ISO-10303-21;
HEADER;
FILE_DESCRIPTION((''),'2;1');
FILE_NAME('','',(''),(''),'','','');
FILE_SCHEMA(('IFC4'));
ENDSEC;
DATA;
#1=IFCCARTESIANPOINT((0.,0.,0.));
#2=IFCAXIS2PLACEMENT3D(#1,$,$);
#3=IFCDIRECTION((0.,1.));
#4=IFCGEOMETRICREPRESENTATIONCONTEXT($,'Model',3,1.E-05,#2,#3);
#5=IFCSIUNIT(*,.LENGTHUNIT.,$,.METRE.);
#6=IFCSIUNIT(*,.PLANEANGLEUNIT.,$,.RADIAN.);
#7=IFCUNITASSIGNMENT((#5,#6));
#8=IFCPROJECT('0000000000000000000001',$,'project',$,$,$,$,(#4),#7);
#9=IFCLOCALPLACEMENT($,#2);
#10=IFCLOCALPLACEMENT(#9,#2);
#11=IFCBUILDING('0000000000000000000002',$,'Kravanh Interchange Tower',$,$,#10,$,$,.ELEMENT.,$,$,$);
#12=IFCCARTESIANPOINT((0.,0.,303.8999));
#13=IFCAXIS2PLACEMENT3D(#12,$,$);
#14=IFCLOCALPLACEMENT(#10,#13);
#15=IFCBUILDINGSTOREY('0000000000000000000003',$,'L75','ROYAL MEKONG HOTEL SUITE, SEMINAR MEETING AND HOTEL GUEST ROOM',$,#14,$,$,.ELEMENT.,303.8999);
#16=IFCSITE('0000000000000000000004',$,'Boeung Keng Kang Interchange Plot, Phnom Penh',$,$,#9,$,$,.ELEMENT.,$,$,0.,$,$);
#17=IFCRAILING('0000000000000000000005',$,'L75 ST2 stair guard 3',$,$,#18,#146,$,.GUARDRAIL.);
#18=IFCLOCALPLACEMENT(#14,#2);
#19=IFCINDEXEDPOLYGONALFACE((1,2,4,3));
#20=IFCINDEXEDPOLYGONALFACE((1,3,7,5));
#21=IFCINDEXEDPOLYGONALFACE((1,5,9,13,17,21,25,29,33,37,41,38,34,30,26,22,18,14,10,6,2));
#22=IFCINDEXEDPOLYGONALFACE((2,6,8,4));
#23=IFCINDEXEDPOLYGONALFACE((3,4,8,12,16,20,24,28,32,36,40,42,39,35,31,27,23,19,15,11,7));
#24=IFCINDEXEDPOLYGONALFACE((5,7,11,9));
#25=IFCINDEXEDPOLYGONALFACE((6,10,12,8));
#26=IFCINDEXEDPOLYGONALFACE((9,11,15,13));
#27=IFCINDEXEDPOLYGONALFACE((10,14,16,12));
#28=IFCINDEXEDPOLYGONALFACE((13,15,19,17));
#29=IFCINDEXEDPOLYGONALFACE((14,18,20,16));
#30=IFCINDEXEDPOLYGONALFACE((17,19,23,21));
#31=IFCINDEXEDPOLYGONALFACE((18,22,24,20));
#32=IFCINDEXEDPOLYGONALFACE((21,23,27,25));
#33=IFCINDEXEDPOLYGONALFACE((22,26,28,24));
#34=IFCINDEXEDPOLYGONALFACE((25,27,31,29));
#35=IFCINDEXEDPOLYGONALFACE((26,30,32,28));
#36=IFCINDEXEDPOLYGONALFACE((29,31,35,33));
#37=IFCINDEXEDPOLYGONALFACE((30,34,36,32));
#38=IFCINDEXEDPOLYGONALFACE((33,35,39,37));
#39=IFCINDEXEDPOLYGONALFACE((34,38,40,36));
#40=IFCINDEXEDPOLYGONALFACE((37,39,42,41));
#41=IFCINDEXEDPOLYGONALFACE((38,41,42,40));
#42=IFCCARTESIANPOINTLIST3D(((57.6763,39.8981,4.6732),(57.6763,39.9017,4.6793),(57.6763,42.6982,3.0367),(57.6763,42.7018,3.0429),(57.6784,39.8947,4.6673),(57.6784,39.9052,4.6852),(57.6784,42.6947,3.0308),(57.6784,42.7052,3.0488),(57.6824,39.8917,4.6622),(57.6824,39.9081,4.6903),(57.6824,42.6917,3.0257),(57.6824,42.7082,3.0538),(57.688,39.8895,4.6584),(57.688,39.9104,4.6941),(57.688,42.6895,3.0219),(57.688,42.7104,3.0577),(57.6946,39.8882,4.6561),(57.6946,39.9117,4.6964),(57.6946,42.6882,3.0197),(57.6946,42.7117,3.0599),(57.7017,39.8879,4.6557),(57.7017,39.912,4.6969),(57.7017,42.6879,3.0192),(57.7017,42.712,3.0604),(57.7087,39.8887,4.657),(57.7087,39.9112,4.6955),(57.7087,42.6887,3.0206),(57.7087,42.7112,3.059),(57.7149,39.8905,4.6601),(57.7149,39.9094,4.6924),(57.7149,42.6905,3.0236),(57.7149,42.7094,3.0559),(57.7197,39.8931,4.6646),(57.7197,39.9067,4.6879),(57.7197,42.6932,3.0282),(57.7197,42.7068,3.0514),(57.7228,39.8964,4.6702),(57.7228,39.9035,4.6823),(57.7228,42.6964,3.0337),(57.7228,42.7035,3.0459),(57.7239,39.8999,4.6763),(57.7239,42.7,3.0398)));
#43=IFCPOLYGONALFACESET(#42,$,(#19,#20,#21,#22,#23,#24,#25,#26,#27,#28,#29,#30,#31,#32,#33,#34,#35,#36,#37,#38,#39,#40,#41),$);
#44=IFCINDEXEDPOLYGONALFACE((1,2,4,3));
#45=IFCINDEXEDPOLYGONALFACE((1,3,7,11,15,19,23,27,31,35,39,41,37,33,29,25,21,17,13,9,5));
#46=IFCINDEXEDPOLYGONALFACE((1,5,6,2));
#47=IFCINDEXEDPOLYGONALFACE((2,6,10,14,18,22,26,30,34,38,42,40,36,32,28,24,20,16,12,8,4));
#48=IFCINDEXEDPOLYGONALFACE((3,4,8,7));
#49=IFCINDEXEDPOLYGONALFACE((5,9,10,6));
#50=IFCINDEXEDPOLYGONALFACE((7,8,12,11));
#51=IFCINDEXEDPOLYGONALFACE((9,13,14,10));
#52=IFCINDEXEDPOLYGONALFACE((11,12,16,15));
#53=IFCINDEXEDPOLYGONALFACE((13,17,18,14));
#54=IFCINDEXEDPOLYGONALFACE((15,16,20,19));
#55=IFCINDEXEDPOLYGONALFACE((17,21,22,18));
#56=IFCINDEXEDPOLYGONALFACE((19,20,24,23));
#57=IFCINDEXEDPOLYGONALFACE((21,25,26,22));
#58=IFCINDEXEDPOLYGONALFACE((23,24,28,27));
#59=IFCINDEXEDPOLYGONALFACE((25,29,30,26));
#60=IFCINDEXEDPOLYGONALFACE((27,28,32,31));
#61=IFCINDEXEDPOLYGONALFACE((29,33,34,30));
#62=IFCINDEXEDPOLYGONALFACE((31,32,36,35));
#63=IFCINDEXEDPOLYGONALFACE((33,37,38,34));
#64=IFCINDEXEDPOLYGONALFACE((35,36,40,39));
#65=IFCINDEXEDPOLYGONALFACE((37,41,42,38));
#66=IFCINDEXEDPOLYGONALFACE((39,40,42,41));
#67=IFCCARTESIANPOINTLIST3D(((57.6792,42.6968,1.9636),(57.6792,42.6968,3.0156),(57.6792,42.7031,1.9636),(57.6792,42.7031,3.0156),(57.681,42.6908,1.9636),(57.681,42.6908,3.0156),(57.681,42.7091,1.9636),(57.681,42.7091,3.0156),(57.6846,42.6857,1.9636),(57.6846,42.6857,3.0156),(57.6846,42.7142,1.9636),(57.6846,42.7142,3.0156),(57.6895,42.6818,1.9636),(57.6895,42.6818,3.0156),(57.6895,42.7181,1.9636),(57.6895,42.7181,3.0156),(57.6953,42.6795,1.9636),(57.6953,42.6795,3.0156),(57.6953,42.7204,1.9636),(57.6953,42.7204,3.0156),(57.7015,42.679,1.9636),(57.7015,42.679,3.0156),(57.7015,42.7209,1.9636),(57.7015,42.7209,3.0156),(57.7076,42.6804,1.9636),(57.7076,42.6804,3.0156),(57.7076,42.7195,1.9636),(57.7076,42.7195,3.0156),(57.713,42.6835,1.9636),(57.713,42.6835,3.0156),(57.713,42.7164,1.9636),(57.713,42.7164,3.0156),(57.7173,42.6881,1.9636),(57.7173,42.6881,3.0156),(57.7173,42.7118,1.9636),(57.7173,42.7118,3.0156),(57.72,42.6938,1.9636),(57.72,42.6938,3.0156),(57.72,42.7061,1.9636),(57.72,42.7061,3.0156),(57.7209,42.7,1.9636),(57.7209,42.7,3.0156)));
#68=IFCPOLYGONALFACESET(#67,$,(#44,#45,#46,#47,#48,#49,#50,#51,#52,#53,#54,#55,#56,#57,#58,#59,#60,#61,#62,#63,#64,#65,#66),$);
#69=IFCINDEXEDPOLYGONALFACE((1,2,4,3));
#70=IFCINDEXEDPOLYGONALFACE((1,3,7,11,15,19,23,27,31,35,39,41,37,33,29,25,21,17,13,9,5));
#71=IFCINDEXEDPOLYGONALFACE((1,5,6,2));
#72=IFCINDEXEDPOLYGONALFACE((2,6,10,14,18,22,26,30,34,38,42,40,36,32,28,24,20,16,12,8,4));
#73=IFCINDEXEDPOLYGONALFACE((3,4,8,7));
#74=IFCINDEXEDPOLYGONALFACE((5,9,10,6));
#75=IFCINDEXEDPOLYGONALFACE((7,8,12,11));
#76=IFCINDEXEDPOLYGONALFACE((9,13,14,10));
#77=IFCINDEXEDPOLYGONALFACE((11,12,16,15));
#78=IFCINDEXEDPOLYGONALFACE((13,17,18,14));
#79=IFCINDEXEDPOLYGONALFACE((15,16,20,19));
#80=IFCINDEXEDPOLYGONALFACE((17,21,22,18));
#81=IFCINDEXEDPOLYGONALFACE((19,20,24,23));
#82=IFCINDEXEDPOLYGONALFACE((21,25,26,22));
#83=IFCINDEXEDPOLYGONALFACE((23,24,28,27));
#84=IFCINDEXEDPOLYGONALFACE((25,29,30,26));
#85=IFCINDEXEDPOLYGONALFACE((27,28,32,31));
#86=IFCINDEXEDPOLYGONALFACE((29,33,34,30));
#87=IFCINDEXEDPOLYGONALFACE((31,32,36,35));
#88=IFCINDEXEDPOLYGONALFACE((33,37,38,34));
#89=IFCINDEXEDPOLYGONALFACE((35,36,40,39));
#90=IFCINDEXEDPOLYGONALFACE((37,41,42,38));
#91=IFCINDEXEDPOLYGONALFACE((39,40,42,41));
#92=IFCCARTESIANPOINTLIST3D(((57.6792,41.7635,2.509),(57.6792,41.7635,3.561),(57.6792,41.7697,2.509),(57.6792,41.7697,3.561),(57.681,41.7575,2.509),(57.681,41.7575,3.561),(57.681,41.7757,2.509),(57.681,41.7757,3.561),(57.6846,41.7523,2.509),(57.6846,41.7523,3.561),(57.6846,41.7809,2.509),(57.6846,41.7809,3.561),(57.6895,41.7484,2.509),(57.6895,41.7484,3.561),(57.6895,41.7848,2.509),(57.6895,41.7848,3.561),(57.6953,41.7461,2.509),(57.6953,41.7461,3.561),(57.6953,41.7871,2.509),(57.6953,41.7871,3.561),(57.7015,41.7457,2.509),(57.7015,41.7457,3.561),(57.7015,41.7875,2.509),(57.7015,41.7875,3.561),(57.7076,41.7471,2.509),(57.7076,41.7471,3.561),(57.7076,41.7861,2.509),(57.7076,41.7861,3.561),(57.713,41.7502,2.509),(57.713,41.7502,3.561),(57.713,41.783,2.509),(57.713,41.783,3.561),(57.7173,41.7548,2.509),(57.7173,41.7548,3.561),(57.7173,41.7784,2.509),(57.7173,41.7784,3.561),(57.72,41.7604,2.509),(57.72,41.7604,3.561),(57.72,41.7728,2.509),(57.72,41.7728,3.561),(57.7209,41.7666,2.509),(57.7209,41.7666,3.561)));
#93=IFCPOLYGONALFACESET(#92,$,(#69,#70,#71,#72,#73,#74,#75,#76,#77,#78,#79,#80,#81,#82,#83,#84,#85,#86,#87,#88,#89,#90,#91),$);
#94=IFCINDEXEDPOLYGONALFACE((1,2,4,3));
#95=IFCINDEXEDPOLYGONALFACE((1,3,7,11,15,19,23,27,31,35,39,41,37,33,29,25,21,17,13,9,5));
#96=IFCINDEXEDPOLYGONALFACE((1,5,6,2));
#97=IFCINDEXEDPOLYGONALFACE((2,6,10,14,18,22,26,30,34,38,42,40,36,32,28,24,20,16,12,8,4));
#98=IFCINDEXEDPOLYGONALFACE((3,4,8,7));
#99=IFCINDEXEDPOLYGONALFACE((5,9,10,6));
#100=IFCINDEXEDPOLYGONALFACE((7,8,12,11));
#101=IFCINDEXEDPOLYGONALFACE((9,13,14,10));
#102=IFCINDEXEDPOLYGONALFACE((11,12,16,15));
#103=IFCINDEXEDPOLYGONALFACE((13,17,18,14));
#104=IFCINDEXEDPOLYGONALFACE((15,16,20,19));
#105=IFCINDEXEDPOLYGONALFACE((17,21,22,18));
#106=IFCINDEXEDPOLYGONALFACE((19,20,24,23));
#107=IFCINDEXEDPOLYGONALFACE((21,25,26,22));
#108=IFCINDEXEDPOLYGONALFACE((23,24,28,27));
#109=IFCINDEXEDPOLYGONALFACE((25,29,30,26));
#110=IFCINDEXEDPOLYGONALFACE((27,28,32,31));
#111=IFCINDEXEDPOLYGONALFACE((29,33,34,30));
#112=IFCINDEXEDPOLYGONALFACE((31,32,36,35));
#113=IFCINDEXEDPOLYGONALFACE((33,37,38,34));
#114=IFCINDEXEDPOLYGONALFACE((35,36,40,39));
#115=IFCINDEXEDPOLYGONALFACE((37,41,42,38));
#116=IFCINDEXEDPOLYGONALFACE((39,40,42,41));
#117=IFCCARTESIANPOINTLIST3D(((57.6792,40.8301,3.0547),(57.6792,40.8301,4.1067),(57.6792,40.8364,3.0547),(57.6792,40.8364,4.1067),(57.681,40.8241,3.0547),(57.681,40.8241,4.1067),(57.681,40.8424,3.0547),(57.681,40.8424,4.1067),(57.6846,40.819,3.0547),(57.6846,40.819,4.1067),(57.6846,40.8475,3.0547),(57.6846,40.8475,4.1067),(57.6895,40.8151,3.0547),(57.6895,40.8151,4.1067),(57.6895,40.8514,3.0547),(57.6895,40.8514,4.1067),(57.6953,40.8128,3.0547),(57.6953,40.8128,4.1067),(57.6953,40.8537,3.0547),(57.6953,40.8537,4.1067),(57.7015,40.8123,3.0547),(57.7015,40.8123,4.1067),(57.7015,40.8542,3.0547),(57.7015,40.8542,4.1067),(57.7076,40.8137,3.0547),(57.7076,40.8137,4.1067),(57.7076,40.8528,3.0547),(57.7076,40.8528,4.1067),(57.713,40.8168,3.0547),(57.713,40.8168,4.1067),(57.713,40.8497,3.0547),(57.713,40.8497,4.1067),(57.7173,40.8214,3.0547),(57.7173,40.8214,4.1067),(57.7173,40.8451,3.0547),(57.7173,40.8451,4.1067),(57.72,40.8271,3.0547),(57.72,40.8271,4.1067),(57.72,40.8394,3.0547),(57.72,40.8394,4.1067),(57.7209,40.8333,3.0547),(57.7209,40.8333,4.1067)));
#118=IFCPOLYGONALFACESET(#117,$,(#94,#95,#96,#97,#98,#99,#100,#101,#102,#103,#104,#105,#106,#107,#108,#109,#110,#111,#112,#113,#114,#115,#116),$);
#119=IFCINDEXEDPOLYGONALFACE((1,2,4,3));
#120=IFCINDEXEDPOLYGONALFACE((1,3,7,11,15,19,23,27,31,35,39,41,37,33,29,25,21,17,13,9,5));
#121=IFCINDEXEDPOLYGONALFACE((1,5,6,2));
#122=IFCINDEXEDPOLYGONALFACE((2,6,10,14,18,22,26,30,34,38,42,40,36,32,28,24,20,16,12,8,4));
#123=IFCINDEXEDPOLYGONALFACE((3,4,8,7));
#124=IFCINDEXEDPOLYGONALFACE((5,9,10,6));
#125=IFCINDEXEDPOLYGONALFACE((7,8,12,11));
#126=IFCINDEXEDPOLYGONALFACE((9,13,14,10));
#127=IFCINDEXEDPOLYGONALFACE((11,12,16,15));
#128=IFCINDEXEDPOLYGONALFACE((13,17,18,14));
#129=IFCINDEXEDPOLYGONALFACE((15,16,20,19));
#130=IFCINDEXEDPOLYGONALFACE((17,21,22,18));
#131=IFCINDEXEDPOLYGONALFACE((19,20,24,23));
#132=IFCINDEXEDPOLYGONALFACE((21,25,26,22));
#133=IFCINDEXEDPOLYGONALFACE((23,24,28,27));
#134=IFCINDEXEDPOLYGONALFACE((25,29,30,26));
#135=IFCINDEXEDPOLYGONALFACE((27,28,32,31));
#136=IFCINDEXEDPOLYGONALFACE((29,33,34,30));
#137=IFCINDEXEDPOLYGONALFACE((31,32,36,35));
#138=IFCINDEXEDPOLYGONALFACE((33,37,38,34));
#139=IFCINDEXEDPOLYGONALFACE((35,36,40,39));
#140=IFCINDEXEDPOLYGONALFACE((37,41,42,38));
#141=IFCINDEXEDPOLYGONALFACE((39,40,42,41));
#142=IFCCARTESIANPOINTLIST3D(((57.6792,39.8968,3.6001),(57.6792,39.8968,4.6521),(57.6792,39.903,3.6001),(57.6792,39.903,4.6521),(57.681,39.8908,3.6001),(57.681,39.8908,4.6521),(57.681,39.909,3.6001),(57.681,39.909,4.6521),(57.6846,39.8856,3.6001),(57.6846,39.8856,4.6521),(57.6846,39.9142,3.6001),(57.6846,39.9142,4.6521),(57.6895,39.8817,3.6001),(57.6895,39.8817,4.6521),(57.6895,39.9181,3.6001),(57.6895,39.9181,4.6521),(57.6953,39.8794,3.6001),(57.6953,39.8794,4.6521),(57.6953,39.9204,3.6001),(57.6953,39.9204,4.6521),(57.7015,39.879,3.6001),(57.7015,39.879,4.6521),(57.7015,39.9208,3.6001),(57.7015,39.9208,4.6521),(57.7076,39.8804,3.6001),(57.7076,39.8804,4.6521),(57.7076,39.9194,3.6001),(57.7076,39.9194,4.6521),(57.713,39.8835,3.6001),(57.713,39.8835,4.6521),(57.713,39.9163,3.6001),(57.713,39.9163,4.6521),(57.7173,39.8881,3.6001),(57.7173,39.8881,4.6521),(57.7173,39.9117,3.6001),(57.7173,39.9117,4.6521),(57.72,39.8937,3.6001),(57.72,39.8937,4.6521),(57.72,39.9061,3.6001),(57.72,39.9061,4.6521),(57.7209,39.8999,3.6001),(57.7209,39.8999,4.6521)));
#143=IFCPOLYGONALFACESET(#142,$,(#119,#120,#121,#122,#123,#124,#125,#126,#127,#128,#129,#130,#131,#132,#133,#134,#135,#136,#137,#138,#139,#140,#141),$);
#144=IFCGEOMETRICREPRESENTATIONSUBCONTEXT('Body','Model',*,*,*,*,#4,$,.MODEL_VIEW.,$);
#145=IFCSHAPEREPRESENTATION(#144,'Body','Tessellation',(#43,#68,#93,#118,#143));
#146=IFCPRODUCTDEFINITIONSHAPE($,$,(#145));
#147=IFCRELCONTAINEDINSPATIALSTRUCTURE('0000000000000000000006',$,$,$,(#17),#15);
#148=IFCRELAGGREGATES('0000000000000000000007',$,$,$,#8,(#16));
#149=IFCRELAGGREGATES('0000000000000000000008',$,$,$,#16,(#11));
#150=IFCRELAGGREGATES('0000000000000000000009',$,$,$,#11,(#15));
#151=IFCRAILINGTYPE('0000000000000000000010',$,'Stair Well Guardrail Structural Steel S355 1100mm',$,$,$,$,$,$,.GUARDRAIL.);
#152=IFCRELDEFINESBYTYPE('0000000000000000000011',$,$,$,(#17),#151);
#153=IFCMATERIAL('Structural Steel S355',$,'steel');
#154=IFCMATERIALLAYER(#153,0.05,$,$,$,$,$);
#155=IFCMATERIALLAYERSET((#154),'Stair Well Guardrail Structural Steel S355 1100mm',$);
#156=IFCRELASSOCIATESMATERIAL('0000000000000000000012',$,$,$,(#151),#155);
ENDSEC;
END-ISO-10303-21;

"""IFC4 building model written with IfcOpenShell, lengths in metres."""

from ifc_helpers import new_model, si_unit, direction, frame, origin, origin_2d, place, context, subcontext, project, spatial, circle, extrude, material, layer, layer_set, type_object, element, save


model = new_model("IFC4")

# Units and contexts
model_context = context("Model", 3, precision=1e-05, world=origin(), true_north=direction((0.0, 1.0)))
body_context = subcontext(model_context, "Body", "Model", "MODEL_VIEW")
ifc_project = project(units=[si_unit("LENGTHUNIT", "METRE"), si_unit("PLANEANGLEUNIT", "RADIAN")], contexts=[model_context])

# Site, building, storey
site_placement = place(None, origin())
site = spatial("IfcSite", under=ifc_project, at=site_placement, Name="Boeung Keng Kang Interchange Plot, Phnom Penh", CompositionType="ELEMENT", RefElevation=0.0)
building_placement = place(site_placement, origin())
building = spatial("IfcBuilding", under=site, at=building_placement, Name="Kravanh Interchange Tower", CompositionType="ELEMENT")
storey_placement = place(building_placement, frame((0.0, 0.0, 303.8999)))
storey = spatial("IfcBuildingStorey", under=building, at=storey_placement, Name="L75", Description="ROYAL MEKONG HOTEL SUITE, SEMINAR MEETING AND HOTEL GUEST ROOM", CompositionType="ELEMENT", Elevation=303.8999)

# Railing
ifc_material_1 = material(Name="Structural Steel S355", Category="steel")
ifc_layer_1 = layer(ifc_material_1, 0.05)
ifc_layer_set_1 = layer_set([ifc_layer_1], Name="Stair Well Guardrail Structural Steel S355 1100mm")
railing_type_1 = type_object("IfcRailingType", Name="Stair Well Guardrail Structural Steel S355 1100mm", PredefinedType="GUARDRAIL", material=ifc_layer_set_1)
railing_1_placement = place(storey_placement, frame((57.7, 42.7, 1.9636)))
element("IfcRailing", 1, at=railing_1_placement, inside=storey, type_object=railing_type_1, Name="L75 ST2 stair guard 3", PredefinedType="GUARDRAIL", context=body_context, shape_type="SweptSolid", body=[
    extrude(circle(Radius=0.0239, at=origin_2d()), frame((0.0, 0.0, 1.0762), z_axis=(0.0, -0.863361, 0.504587), x_axis=(1.0, 0.0, 0.0)), (0.0, 0.0, 1.0), 3.2432),
    extrude(circle(Radius=0.021, at=origin_2d()), origin(), (0.0, 0.0, 1.0), 1.052),
    extrude(circle(Radius=0.021, at=origin_2d()), frame((0.0, -0.9333, 0.5454)), (0.0, 0.0, 1.0), 1.052),
    extrude(circle(Radius=0.021, at=origin_2d()), frame((0.0, -1.8667, 1.0911)), (0.0, 0.0, 1.0), 1.052),
    extrude(circle(Radius=0.021, at=origin_2d()), frame((0.0, -2.8, 1.6365)), (0.0, 0.0, 1.0), 1.052),
])

save(model, "model.ifc")
